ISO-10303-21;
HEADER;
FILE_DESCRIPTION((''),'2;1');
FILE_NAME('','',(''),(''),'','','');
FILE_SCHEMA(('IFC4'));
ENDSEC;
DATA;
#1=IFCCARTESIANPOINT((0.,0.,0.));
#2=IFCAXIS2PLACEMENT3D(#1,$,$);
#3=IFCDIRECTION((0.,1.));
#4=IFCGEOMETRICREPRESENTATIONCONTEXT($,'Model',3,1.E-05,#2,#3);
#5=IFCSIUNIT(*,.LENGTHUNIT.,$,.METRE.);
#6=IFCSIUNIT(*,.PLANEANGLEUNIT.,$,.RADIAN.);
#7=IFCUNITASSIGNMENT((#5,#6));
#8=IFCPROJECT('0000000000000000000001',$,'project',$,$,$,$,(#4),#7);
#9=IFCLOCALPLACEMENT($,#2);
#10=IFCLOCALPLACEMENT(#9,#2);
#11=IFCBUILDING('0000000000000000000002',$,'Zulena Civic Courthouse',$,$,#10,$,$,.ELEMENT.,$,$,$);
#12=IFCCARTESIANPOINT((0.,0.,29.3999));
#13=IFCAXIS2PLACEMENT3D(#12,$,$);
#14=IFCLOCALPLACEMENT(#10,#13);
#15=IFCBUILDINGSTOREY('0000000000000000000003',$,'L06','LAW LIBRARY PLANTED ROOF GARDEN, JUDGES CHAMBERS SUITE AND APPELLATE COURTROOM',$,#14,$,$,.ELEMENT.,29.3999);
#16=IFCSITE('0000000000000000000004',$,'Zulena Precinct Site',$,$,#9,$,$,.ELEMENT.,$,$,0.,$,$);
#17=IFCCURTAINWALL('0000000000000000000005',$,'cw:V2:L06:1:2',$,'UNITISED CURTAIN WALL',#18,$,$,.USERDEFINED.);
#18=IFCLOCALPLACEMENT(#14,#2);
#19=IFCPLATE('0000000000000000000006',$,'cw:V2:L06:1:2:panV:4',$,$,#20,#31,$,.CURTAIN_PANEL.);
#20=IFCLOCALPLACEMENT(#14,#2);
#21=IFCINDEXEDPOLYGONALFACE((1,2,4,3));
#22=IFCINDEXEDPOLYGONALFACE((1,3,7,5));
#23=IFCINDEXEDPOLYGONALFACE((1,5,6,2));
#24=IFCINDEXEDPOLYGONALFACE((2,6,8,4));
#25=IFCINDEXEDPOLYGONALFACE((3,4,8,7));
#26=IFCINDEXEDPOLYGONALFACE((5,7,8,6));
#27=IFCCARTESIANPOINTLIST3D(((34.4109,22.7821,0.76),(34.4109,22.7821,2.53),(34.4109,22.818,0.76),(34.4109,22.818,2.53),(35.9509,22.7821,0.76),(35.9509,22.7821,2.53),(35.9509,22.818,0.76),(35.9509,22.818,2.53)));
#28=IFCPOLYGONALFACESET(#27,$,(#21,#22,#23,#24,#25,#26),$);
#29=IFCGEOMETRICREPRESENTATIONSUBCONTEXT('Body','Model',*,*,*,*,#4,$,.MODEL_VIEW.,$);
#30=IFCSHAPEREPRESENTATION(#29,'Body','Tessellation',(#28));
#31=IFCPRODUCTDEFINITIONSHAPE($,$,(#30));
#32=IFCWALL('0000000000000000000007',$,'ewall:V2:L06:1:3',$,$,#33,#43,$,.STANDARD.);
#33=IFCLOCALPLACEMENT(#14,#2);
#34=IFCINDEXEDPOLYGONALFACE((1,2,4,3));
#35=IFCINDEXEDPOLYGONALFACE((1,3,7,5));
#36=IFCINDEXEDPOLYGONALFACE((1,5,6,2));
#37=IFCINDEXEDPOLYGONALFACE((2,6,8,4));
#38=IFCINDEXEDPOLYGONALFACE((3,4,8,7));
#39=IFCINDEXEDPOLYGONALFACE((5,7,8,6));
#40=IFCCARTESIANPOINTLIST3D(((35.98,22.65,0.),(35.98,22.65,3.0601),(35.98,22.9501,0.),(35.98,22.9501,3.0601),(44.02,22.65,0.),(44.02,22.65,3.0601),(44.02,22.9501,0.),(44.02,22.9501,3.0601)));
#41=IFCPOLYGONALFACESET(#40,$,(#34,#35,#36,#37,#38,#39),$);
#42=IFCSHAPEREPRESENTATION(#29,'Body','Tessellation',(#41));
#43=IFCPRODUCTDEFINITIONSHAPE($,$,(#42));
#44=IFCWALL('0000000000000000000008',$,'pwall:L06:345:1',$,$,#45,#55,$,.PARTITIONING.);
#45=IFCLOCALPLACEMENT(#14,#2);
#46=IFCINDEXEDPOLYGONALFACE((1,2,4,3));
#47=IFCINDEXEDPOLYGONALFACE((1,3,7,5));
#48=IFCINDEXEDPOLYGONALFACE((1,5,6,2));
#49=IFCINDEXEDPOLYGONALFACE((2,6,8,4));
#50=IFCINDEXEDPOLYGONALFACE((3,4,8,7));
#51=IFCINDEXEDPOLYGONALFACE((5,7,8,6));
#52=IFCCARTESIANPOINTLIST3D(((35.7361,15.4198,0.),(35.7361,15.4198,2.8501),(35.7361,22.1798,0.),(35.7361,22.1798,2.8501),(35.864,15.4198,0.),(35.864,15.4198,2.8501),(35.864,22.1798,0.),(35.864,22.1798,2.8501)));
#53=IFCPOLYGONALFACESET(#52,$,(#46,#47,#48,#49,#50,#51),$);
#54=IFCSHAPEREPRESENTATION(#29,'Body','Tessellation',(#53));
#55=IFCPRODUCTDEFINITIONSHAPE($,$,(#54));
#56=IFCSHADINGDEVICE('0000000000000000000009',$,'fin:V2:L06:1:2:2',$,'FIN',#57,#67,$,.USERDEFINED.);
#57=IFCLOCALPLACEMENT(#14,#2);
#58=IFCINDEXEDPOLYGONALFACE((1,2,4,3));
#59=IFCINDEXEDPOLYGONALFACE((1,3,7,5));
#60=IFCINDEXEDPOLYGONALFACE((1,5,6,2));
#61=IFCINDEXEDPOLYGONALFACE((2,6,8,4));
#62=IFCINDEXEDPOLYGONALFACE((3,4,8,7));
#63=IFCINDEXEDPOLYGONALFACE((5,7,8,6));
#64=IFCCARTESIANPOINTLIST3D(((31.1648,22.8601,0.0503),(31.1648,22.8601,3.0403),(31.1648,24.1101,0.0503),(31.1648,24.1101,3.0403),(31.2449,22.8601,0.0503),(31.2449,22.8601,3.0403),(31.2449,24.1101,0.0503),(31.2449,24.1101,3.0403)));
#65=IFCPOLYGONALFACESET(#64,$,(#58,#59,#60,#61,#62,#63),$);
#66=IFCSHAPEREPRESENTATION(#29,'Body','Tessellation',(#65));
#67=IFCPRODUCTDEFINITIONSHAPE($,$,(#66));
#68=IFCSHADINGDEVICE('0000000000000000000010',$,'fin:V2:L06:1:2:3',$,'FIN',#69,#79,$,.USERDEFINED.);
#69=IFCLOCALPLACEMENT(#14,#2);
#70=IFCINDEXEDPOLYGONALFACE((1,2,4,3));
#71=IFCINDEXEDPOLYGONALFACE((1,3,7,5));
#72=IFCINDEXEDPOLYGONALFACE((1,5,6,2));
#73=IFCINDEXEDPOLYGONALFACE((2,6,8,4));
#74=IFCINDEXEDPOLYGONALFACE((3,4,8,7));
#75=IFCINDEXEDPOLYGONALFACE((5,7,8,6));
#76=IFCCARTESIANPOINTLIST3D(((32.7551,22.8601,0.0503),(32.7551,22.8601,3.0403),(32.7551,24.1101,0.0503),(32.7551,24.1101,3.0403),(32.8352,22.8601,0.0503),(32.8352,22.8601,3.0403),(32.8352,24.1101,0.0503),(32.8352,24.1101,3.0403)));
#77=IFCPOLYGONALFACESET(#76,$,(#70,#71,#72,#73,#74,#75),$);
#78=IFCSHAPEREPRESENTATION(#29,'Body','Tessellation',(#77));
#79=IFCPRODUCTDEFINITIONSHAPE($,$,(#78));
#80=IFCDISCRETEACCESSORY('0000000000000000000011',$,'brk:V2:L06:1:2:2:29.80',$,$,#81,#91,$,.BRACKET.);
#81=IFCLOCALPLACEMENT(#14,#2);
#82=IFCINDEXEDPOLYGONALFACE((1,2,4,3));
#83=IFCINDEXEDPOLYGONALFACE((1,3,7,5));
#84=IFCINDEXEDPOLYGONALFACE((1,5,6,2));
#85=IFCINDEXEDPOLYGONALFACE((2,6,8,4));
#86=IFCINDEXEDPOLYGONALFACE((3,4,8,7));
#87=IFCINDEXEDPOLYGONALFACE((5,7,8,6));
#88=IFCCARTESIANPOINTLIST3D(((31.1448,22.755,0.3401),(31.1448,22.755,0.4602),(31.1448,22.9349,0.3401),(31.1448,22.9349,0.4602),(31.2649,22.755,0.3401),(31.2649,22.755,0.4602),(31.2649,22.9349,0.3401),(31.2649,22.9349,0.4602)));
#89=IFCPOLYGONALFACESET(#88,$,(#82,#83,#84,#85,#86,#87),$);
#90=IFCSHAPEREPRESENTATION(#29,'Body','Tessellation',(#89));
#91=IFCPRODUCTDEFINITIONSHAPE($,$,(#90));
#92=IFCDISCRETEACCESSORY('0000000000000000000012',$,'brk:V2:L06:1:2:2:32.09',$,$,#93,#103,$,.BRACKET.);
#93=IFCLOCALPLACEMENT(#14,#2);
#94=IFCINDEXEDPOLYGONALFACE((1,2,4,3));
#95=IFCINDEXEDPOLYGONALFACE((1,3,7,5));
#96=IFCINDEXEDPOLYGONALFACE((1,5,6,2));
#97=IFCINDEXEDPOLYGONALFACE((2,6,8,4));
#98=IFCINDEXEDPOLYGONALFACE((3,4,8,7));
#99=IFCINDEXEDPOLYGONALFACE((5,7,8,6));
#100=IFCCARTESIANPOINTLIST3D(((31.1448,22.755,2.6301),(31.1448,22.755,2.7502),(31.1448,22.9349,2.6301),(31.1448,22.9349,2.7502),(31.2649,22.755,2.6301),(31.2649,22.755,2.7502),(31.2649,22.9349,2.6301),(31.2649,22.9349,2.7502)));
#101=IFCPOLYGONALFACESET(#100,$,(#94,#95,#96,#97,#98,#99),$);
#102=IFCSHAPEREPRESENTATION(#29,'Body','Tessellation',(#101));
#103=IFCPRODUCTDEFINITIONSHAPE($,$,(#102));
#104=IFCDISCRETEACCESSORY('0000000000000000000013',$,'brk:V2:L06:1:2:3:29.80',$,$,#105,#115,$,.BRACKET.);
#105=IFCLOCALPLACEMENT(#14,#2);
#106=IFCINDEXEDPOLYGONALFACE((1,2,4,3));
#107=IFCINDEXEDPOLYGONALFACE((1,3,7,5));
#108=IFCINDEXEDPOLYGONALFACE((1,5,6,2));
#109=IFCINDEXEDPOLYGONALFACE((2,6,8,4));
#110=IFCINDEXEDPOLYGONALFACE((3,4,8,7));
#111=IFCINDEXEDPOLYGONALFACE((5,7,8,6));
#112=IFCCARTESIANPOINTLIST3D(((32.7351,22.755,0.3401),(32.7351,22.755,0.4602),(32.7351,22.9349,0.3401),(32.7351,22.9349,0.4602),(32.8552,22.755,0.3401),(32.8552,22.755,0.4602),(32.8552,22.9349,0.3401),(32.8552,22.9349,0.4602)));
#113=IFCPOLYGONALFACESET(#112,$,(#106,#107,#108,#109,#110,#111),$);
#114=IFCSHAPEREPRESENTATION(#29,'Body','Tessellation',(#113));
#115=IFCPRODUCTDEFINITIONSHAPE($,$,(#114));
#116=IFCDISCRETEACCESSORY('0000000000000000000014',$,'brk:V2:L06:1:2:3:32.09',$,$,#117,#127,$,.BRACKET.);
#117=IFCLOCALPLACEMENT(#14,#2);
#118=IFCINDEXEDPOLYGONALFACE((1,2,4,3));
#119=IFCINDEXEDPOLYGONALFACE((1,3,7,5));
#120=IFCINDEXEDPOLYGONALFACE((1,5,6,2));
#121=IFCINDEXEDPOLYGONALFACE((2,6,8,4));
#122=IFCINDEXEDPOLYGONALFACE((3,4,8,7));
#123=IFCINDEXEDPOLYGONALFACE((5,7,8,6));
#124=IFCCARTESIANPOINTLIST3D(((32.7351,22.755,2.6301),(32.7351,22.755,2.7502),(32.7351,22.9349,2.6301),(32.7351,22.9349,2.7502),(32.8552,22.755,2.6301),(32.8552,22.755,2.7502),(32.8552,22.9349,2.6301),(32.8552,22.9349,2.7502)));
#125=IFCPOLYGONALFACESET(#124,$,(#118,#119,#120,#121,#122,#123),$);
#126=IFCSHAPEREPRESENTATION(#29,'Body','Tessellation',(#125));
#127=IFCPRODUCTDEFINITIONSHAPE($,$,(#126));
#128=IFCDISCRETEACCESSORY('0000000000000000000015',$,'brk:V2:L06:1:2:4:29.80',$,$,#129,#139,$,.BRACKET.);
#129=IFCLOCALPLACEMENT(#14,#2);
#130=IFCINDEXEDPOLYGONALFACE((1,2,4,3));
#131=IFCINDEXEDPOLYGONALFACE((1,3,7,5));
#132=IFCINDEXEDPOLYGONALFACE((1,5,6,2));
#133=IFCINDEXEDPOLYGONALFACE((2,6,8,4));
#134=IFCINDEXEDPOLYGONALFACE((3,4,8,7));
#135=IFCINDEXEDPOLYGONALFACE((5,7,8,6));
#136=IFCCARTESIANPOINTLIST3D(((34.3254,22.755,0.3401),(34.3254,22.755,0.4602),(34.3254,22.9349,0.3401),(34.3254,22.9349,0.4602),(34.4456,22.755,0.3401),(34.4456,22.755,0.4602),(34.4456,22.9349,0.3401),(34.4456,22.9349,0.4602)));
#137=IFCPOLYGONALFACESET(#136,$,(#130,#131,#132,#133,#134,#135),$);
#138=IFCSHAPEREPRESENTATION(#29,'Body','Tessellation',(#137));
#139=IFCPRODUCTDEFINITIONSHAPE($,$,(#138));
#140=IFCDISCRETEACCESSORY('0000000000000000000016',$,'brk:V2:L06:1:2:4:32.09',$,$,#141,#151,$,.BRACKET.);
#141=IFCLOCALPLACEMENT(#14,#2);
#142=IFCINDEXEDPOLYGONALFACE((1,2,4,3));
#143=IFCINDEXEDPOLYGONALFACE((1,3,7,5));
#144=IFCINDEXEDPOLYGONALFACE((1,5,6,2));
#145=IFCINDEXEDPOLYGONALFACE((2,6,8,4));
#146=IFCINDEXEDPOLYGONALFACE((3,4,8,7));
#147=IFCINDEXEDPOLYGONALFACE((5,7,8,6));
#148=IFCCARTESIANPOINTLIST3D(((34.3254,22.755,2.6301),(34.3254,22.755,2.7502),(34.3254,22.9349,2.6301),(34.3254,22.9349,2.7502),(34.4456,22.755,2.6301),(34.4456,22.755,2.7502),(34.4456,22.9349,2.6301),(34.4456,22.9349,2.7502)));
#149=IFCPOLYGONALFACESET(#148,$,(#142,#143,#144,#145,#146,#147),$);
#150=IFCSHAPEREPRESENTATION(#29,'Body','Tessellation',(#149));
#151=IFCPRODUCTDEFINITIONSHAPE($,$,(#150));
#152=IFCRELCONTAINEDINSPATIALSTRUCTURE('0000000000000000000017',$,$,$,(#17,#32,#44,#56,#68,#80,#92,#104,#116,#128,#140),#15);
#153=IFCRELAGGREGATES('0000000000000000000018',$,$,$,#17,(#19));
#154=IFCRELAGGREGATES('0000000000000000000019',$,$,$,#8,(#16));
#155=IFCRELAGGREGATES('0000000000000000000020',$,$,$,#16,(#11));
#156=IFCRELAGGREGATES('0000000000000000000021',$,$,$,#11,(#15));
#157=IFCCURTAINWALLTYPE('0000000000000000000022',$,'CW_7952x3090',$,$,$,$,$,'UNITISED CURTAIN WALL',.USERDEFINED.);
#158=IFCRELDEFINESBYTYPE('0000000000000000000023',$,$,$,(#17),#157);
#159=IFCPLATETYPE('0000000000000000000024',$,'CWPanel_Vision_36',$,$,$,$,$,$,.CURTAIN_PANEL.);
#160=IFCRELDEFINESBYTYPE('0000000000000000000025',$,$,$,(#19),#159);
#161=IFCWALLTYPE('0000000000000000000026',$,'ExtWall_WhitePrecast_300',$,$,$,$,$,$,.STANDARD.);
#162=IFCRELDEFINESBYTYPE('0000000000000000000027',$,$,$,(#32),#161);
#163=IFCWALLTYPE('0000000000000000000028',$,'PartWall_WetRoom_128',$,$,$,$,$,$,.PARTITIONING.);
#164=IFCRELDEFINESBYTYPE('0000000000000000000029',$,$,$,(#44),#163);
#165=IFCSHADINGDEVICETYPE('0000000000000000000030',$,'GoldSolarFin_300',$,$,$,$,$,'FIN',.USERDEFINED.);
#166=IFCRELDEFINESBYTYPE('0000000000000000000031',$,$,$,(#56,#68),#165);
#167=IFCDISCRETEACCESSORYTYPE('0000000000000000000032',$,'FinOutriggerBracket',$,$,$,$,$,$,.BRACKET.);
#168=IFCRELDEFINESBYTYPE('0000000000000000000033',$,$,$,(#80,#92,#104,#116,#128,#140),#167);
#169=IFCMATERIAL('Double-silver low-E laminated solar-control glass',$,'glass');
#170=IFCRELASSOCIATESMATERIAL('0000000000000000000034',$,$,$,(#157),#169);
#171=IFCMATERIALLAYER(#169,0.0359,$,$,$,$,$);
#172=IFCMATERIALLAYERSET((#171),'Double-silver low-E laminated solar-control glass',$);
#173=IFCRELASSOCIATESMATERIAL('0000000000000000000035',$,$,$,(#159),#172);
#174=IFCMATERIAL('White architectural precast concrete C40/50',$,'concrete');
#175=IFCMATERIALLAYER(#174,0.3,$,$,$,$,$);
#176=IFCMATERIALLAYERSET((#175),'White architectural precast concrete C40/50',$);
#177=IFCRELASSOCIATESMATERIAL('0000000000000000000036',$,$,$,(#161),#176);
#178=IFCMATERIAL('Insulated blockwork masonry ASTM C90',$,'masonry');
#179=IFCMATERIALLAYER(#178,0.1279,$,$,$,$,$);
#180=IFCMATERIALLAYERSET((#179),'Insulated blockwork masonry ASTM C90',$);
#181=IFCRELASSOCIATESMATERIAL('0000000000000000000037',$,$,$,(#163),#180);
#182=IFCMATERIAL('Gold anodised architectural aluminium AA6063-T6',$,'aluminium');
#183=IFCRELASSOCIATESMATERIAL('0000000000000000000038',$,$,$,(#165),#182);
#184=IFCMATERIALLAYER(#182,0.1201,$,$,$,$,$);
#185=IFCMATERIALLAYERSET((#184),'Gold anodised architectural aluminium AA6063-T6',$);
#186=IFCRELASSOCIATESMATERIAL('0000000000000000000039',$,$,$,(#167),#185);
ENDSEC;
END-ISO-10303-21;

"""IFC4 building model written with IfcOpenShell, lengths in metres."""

from ifc_helpers import new_model, si_unit, direction, frame, frame_2d, origin, origin_2d, place, context, subcontext, project, spatial, rectangle, extrude, material, layer, layer_set, type_object, element, aggregate, save


model = new_model("IFC4")

# Units and contexts
model_context = context("Model", 3, precision=1e-05, world=origin(), true_north=direction((0.0, 1.0)))
body_context = subcontext(model_context, "Body", "Model", "MODEL_VIEW")
ifc_project = project(units=[si_unit("LENGTHUNIT", "METRE"), si_unit("PLANEANGLEUNIT", "RADIAN")], contexts=[model_context])

# Site, building, storey
site_placement = place(None, origin())
site = spatial("IfcSite", under=ifc_project, at=site_placement, Name="Zulena Precinct Site", CompositionType="ELEMENT", RefElevation=0.0)
building_placement = place(site_placement, origin())
building = spatial("IfcBuilding", under=site, at=building_placement, Name="Zulena Civic Courthouse", CompositionType="ELEMENT")
storey_placement = place(building_placement, frame((0.0, 0.0, 29.3999)))
storey = spatial("IfcBuildingStorey", under=building, at=storey_placement, Name="L06", Description="LAW LIBRARY PLANTED ROOF GARDEN, JUDGES CHAMBERS SUITE AND APPELLATE COURTROOM", CompositionType="ELEMENT", Elevation=29.3999)

# Curtain wall
ifc_material_1 = material(Name="Double-silver low-E laminated solar-control glass", Category="glass")
curtain_wall_type = type_object("IfcCurtainWallType", Name="CW_7952x3090", ElementType="UNITISED CURTAIN WALL", PredefinedType="USERDEFINED", material=ifc_material_1)
curtain_wall_placement = place(storey_placement, origin())
curtain_wall = element("IfcCurtainWall", 1, at=curtain_wall_placement, inside=storey, type_object=curtain_wall_type, Name="cw:V2:L06:1:2", ObjectType="UNITISED CURTAIN WALL", PredefinedType="USERDEFINED")

# Plate
ifc_layer_1 = layer(ifc_material_1, 0.0359)
ifc_layer_set_1 = layer_set([ifc_layer_1], Name="Double-silver low-E laminated solar-control glass")
plate_type_1 = type_object("IfcPlateType", Name="CWPanel_Vision_36", PredefinedType="CURTAIN_PANEL", material=ifc_layer_set_1)
plate_1_placement = place(storey_placement, frame((35.1809, 22.8, 0.76), z_axis=(0.0, 0.0, 1.0), x_axis=(1.0, 0.0, 0.0)))
plate_1 = element("IfcPlate", 2, at=plate_1_placement, type_object=plate_type_1, Name="cw:V2:L06:1:2:panV:4", PredefinedType="CURTAIN_PANEL", context=body_context, shape_type="SweptSolid", body=[
    extrude(rectangle(XDim=1.54, YDim=0.0359, at=origin_2d()), origin(), (0.0, 0.0, 1.0), 1.77),
])
aggregate(curtain_wall, [plate_1])

# Walls
ifc_material_2 = material(Name="White architectural precast concrete C40/50", Category="concrete")
ifc_layer_2 = layer(ifc_material_2, 0.3)
ifc_layer_set_2 = layer_set([ifc_layer_2], Name="White architectural precast concrete C40/50")
wall_type_1 = type_object("IfcWallType", Name="ExtWall_WhitePrecast_300", PredefinedType="STANDARD", material=ifc_layer_set_2)
wall_1_placement = place(storey_placement, frame((35.98, 22.8, 0.0), z_axis=(0.0, 0.0, 1.0), x_axis=(1.0, 0.0, 0.0)))
element("IfcWall", 3, at=wall_1_placement, inside=storey, type_object=wall_type_1, Name="ewall:V2:L06:1:3", PredefinedType="STANDARD", context=body_context, shape_type="SweptSolid", body=[
    extrude(rectangle(XDim=8.04, YDim=0.3, at=frame_2d((4.02, 0.0))), origin(), (0.0, 0.0, 1.0), 3.0601),
])
ifc_material_3 = material(Name="Insulated blockwork masonry ASTM C90", Category="masonry")
ifc_layer_3 = layer(ifc_material_3, 0.1279)
ifc_layer_set_3 = layer_set([ifc_layer_3], Name="Insulated blockwork masonry ASTM C90")
wall_type_2 = type_object("IfcWallType", Name="PartWall_WetRoom_128", PredefinedType="PARTITIONING", material=ifc_layer_set_3)
wall_2_placement = place(storey_placement, frame((35.8, 15.4199, 0.0), z_axis=(0.0, 0.0, 1.0), x_axis=(0.0, 1.0, 0.0)))
element("IfcWall", 4, at=wall_2_placement, inside=storey, type_object=wall_type_2, Name="pwall:L06:345:1", PredefinedType="PARTITIONING", context=body_context, shape_type="SweptSolid", body=[
    extrude(rectangle(XDim=6.76, YDim=0.1279, at=frame_2d((3.3799, 0.0))), origin(), (0.0, 0.0, 1.0), 2.8501),
])

# Shading devices
ifc_material_4 = material(Name="Gold anodised architectural aluminium AA6063-T6", Category="aluminium")
shading_device_type = type_object("IfcShadingDeviceType", Name="GoldSolarFin_300", ElementType="FIN", PredefinedType="USERDEFINED", material=ifc_material_4)
for number, where, z_axis, x_axis, name in (
    (5, (31.2048, 23.4851, 0.0503), (0.0, 0.0, 1.0), (0.0, 1.0, 0.0), "fin:V2:L06:1:2:2"),
    (6, (32.7952, 23.4851, 0.0503), (0.0, 0.0, 1.0), (0.0, 1.0, 0.0), "fin:V2:L06:1:2:3"),
):
    element("IfcShadingDevice", number, at=place(storey_placement, frame(where, z_axis=z_axis, x_axis=x_axis)), inside=storey, type_object=shading_device_type, Name=name, ObjectType="FIN", PredefinedType="USERDEFINED", context=body_context, shape_type="SweptSolid", body=[
        extrude(rectangle(XDim=1.25, YDim=0.0801, at=origin_2d()), origin(), (0.0, 0.0, 1.0), 2.99),
    ])

# Discrete accessories
ifc_layer_4 = layer(ifc_material_4, 0.1201)
ifc_layer_set_4 = layer_set([ifc_layer_4], Name="Gold anodised architectural aluminium AA6063-T6")
discrete_accessory_type = type_object("IfcDiscreteAccessoryType", Name="FinOutriggerBracket", PredefinedType="BRACKET", material=ifc_layer_set_4)
for number, where, z_axis, x_axis, name in (
    (7, (31.2048, 22.845, 0.3401), (0.0, 0.0, 1.0), (0.0, 1.0, 0.0), "brk:V2:L06:1:2:2:29.80"),
    (8, (31.2048, 22.845, 2.6301), (0.0, 0.0, 1.0), (0.0, 1.0, 0.0), "brk:V2:L06:1:2:2:32.09"),
    (9, (32.7952, 22.845, 0.3401), (0.0, 0.0, 1.0), (0.0, 1.0, 0.0), "brk:V2:L06:1:2:3:29.80"),
    (10, (32.7952, 22.845, 2.6301), (0.0, 0.0, 1.0), (0.0, 1.0, 0.0), "brk:V2:L06:1:2:3:32.09"),
    (11, (34.3855, 22.845, 0.3401), (0.0, 0.0, 1.0), (0.0, 1.0, 0.0), "brk:V2:L06:1:2:4:29.80"),
    (12, (34.3855, 22.845, 2.6301), (0.0, 0.0, 1.0), (0.0, 1.0, 0.0), "brk:V2:L06:1:2:4:32.09"),
):
    element("IfcDiscreteAccessory", number, at=place(storey_placement, frame(where, z_axis=z_axis, x_axis=x_axis)), inside=storey, type_object=discrete_accessory_type, Name=name, PredefinedType="BRACKET", context=body_context, shape_type="SweptSolid", body=[
        extrude(rectangle(XDim=0.1799, YDim=0.1201, at=origin_2d()), origin(), (0.0, 0.0, 1.0), 0.1201),
    ])

save(model, "model.ifc")
